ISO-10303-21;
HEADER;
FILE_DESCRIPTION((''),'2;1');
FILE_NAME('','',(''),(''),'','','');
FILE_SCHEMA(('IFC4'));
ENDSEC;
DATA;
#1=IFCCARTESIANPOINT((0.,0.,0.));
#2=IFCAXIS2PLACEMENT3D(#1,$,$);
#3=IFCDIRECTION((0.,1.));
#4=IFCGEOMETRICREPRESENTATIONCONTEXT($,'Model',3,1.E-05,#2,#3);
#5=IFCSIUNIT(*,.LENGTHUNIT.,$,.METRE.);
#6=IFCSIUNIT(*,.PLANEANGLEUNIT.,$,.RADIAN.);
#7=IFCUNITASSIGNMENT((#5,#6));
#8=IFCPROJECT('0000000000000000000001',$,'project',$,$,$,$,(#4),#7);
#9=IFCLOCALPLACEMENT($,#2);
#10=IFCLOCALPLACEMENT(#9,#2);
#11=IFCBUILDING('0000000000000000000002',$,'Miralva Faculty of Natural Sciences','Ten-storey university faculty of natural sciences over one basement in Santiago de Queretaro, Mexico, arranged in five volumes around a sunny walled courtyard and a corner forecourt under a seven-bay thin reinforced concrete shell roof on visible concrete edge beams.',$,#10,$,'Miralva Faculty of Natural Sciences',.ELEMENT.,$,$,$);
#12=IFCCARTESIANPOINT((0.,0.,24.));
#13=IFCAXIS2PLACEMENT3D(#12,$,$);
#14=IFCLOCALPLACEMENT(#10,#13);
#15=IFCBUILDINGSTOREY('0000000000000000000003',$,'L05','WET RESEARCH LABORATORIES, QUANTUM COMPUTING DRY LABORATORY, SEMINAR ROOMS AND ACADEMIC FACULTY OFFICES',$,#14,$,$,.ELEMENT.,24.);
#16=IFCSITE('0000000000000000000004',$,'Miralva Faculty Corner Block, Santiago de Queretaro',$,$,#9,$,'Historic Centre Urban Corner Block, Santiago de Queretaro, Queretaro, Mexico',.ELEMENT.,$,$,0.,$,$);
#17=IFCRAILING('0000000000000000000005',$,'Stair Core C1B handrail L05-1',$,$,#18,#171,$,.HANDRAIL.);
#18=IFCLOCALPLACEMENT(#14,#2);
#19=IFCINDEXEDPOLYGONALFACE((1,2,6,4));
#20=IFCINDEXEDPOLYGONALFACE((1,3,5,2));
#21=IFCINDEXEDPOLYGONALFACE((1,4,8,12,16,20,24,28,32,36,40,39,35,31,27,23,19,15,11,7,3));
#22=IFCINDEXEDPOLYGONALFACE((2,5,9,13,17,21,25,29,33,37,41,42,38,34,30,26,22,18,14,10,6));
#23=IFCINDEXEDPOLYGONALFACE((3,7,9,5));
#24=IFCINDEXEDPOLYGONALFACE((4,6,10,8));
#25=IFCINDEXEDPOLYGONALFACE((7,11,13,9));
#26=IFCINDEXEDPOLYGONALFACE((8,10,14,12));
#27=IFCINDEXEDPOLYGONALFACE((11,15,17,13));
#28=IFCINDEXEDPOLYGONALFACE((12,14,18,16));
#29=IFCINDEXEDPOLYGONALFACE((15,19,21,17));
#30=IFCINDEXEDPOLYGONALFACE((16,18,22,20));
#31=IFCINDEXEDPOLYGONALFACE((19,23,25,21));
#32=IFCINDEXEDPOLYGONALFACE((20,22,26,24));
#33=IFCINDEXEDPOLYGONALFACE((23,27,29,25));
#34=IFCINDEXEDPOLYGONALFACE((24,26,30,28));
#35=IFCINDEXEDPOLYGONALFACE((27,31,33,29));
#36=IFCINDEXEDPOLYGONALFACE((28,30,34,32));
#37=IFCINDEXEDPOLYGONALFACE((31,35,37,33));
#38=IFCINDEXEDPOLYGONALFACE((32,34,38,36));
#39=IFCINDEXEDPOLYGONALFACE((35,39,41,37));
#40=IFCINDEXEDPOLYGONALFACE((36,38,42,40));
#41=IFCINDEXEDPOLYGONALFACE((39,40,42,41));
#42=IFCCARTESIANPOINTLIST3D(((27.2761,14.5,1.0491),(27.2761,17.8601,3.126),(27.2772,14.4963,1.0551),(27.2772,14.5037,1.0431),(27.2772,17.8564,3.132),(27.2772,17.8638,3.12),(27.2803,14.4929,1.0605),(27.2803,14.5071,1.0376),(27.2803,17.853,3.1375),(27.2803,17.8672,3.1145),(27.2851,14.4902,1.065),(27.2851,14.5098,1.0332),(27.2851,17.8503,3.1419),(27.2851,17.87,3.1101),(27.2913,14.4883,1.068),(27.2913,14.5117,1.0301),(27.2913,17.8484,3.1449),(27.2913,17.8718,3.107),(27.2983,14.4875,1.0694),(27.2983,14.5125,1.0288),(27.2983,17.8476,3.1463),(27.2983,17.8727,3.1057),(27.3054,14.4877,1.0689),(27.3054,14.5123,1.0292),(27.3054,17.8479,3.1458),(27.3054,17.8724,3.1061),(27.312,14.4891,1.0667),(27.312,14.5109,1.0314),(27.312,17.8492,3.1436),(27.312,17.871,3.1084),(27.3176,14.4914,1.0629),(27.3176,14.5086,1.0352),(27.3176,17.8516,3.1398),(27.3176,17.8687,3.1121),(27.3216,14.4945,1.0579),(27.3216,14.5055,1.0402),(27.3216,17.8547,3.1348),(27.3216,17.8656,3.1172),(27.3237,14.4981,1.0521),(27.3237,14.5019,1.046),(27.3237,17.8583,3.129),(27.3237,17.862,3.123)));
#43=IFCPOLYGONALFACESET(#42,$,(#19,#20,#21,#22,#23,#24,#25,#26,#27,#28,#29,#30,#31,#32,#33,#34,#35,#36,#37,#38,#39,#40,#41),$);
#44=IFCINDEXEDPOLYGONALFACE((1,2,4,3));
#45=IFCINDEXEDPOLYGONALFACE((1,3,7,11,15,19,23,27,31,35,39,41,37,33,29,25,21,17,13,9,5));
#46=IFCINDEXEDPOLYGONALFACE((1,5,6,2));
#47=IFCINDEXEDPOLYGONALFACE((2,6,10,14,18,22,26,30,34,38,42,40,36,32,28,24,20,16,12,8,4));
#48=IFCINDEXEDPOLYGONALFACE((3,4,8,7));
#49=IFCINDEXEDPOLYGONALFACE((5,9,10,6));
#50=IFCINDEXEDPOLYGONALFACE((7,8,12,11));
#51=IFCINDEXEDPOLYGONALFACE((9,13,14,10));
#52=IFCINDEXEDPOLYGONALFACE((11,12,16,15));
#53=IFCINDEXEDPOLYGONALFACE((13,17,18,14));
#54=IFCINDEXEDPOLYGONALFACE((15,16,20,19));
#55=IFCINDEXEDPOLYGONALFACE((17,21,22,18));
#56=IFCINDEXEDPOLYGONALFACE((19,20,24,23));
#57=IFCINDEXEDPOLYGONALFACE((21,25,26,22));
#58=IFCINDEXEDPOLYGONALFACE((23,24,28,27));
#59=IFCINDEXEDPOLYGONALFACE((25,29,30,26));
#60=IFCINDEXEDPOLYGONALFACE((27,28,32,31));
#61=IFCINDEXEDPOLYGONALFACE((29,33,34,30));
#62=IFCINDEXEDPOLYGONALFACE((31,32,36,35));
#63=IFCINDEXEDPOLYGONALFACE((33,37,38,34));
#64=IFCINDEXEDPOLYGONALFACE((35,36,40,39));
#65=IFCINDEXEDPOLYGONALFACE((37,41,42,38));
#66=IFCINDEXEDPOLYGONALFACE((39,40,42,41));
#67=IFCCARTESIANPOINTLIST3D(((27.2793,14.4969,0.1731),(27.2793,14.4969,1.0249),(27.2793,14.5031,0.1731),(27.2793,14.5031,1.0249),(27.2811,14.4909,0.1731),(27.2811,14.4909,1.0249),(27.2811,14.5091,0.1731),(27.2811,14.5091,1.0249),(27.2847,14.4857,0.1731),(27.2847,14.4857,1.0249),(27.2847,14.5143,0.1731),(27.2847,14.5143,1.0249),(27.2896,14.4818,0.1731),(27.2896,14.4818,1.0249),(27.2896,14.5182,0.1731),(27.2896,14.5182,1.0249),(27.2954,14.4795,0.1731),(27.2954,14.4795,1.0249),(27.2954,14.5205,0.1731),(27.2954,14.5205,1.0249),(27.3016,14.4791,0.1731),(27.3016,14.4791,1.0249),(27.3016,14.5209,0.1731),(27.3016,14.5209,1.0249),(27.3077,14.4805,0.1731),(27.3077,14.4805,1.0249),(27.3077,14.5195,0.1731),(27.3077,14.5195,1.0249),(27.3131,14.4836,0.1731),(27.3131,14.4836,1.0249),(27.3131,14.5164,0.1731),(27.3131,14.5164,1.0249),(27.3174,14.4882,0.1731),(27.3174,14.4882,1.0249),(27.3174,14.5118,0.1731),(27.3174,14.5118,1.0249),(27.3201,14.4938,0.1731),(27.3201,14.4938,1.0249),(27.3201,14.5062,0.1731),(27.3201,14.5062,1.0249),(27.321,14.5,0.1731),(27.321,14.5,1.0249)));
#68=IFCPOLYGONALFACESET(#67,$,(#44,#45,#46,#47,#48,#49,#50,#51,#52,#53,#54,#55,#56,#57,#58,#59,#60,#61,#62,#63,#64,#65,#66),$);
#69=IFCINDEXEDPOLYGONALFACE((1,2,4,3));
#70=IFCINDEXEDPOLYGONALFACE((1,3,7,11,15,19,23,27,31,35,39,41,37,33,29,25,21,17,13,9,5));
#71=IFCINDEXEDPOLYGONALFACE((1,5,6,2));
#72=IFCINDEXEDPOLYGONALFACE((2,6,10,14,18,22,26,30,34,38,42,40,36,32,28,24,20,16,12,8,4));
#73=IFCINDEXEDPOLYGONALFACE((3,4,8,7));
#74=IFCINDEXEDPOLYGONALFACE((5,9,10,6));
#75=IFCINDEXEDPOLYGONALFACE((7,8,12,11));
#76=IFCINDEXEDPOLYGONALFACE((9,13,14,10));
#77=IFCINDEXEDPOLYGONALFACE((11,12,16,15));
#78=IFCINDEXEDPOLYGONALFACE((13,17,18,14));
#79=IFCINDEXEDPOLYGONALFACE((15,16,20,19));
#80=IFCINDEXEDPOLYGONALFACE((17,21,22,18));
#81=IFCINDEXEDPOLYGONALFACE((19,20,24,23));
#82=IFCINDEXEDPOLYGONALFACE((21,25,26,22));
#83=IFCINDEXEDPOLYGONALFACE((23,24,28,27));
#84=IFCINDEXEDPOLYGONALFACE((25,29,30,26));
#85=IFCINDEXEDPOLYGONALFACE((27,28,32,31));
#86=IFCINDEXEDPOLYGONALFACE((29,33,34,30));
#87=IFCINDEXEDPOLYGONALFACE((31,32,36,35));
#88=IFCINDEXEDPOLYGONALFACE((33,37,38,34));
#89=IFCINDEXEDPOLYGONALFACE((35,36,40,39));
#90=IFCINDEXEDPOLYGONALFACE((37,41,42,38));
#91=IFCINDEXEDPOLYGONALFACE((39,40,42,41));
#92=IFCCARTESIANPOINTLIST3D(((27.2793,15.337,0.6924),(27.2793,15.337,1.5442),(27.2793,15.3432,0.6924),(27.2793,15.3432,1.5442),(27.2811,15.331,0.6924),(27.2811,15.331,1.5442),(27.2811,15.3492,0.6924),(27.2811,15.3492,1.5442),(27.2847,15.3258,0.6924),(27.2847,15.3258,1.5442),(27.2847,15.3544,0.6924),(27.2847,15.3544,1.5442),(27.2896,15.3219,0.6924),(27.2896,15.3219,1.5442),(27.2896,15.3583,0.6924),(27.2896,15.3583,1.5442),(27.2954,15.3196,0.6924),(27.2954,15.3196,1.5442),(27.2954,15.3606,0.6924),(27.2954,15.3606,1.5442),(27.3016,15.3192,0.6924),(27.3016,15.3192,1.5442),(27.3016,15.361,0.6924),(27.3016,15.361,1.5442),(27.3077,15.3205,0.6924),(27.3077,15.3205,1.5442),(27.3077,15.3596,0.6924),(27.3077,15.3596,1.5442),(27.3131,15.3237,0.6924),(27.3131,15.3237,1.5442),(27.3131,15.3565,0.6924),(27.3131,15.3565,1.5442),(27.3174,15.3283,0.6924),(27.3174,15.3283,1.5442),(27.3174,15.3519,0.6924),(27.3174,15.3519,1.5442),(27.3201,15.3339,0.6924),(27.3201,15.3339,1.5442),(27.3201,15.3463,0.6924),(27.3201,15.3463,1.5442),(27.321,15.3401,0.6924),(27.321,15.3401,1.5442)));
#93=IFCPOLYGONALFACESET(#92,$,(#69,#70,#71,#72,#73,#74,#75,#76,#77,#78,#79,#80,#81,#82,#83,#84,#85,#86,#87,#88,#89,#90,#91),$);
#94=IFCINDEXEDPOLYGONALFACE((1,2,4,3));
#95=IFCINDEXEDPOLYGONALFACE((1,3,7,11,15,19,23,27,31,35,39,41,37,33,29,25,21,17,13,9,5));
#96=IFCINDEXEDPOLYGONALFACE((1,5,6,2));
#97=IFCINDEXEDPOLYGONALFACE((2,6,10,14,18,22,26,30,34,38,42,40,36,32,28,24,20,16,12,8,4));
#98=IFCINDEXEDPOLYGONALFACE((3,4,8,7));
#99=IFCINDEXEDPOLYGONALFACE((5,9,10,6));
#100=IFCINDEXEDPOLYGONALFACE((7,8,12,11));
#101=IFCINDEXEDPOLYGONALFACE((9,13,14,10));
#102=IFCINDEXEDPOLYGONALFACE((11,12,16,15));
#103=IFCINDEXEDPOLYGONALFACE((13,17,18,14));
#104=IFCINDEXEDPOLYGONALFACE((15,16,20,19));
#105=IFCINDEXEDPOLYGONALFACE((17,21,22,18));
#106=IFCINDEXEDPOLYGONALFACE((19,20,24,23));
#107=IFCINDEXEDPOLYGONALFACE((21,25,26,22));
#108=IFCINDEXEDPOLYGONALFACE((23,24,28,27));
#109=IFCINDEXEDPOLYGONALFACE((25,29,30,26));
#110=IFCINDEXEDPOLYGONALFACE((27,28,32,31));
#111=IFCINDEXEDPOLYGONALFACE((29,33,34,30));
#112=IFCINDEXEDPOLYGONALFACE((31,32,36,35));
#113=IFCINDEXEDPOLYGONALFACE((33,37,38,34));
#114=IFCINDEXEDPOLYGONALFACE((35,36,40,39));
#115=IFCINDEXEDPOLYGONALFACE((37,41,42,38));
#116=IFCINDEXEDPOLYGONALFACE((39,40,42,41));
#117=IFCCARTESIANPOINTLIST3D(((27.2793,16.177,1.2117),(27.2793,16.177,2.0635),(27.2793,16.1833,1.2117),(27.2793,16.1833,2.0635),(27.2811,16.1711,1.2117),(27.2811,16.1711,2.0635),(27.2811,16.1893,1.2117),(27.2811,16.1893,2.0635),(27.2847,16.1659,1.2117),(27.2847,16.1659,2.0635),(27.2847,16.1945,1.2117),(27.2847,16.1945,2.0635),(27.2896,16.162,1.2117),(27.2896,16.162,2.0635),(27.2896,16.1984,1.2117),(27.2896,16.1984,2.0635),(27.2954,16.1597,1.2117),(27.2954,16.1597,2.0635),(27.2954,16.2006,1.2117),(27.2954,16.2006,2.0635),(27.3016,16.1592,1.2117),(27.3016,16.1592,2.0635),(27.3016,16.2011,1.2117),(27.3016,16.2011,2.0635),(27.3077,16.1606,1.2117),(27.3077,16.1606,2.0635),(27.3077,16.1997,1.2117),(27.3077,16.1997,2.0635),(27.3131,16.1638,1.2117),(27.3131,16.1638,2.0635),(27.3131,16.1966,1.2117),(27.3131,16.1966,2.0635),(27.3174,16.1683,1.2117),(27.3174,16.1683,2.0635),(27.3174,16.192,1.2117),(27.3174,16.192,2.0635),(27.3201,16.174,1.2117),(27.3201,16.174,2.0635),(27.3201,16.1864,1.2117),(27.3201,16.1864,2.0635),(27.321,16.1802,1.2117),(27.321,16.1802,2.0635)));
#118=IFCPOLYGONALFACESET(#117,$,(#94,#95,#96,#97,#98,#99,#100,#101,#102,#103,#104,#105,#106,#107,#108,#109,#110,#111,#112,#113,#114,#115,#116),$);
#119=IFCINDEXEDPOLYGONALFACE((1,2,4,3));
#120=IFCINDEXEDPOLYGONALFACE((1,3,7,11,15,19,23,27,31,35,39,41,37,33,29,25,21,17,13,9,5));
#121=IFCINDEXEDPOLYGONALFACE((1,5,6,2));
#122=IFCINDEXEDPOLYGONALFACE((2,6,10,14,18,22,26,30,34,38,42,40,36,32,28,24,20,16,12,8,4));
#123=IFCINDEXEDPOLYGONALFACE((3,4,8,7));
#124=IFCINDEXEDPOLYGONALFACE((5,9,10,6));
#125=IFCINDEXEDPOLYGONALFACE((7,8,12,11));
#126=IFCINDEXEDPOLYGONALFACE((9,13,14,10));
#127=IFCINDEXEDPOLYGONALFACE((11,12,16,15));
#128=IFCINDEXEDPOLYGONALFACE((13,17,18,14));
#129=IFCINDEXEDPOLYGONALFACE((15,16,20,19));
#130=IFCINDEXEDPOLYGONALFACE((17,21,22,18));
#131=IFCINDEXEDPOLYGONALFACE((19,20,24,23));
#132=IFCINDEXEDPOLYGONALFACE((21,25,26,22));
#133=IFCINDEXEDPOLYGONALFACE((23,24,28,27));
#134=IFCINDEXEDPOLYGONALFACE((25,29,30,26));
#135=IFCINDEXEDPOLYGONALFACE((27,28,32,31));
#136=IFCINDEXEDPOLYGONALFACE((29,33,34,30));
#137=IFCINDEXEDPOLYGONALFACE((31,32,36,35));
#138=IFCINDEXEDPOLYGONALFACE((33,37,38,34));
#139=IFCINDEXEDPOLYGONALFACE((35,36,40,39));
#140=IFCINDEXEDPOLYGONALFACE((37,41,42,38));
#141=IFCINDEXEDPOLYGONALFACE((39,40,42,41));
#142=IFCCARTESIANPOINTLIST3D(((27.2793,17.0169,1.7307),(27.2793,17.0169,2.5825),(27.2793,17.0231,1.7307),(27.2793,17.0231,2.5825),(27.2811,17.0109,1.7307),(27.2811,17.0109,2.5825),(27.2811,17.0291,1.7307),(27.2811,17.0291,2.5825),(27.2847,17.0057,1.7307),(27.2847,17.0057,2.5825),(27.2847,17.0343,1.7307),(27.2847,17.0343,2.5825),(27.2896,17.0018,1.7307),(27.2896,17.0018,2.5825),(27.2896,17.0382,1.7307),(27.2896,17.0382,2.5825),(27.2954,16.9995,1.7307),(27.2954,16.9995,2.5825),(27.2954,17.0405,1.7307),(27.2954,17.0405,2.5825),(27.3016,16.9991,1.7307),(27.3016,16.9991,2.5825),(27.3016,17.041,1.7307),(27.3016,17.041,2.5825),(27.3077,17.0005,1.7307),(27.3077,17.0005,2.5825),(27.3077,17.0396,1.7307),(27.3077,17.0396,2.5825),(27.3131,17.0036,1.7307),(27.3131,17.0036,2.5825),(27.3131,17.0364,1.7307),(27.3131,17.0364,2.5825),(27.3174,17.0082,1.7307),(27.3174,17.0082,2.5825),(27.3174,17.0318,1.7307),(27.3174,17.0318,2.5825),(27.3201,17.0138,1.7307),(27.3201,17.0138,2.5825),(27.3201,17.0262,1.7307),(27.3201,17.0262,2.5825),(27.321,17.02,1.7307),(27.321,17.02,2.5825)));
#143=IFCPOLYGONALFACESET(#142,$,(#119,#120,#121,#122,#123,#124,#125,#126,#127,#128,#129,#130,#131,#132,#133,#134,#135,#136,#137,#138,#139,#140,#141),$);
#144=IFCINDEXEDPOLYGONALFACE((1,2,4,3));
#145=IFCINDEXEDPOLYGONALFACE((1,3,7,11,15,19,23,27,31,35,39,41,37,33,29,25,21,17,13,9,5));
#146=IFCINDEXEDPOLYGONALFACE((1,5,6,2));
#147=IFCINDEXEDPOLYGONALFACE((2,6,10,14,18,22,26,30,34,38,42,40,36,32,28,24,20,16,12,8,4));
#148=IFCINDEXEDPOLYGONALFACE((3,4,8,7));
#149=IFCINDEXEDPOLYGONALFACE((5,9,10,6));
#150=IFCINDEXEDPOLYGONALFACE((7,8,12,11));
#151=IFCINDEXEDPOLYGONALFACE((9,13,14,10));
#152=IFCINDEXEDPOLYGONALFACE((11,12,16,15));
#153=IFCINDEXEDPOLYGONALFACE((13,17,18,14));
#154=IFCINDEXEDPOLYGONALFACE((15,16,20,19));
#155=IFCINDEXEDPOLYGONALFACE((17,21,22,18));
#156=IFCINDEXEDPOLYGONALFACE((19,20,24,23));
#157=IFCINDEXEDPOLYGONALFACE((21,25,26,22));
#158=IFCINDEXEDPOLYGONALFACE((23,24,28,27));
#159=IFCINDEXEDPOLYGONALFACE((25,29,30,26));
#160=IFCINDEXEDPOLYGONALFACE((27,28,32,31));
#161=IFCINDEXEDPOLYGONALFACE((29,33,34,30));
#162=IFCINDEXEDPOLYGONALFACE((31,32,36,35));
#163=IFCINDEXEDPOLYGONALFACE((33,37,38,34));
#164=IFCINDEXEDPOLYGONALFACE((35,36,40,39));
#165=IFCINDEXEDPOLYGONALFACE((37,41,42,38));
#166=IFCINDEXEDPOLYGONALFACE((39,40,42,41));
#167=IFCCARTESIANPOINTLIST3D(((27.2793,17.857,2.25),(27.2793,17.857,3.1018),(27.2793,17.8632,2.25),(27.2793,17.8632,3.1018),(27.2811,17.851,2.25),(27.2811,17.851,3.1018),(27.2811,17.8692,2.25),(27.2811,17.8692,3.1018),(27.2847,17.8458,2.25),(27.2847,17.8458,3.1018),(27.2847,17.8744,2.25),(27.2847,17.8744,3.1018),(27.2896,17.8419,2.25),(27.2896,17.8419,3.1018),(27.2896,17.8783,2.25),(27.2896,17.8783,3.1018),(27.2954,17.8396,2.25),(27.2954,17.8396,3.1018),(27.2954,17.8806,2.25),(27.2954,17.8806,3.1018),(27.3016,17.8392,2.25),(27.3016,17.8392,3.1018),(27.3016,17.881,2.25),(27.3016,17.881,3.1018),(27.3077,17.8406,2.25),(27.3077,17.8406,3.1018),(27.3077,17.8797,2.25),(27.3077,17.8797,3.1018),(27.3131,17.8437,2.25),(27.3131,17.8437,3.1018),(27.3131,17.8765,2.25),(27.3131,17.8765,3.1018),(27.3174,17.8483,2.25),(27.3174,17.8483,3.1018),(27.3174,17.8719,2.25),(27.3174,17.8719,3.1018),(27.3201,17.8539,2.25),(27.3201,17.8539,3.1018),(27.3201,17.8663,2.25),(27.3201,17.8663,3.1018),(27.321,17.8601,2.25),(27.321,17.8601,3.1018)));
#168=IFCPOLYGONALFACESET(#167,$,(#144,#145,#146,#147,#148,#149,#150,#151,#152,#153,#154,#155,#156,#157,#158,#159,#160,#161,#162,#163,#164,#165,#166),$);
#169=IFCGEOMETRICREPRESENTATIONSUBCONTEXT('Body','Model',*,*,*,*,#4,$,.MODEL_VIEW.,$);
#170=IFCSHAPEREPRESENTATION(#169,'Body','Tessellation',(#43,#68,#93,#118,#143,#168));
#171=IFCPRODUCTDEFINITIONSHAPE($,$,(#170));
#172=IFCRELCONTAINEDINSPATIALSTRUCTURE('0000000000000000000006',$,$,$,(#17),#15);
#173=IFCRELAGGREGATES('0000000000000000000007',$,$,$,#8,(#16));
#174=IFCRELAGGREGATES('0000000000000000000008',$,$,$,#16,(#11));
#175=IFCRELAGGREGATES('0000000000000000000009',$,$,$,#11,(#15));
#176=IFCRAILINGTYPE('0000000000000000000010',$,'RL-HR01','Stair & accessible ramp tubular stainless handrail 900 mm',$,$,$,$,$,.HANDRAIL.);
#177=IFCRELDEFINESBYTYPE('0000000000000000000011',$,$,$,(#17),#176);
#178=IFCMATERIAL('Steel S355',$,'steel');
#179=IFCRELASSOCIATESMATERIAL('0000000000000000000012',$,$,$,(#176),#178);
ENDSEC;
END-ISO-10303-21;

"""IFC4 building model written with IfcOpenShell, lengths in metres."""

from ifc_helpers import new_model, si_unit, direction, frame, origin, origin_2d, place, context, subcontext, project, spatial, circle, extrude, material, type_object, element, save


model = new_model("IFC4")

# Units and contexts
model_context = context("Model", 3, precision=1e-05, world=origin(), true_north=direction((0.0, 1.0)))
body_context = subcontext(model_context, "Body", "Model", "MODEL_VIEW")
ifc_project = project(units=[si_unit("LENGTHUNIT", "METRE"), si_unit("PLANEANGLEUNIT", "RADIAN")], contexts=[model_context])

# Site, building, storey
site_placement = place(None, origin())
site = spatial("IfcSite", under=ifc_project, at=site_placement, Name="Miralva Faculty Corner Block, Santiago de Queretaro", LongName="Historic Centre Urban Corner Block, Santiago de Queretaro, Queretaro, Mexico", CompositionType="ELEMENT", RefElevation=0.0)
building_placement = place(site_placement, origin())
building = spatial("IfcBuilding", under=site, at=building_placement, Name="Miralva Faculty of Natural Sciences", Description="Ten-storey university faculty of natural sciences over one basement in Santiago de Queretaro, Mexico, arranged in five volumes around a sunny walled courtyard and a corner forecourt under a seven-bay thin reinforced concrete shell roof on visible concrete edge beams.", LongName="Miralva Faculty of Natural Sciences", CompositionType="ELEMENT")
storey_placement = place(building_placement, frame((0.0, 0.0, 24.0)))
storey = spatial("IfcBuildingStorey", under=building, at=storey_placement, Name="L05", Description="WET RESEARCH LABORATORIES, QUANTUM COMPUTING DRY LABORATORY, SEMINAR ROOMS AND ACADEMIC FACULTY OFFICES", CompositionType="ELEMENT", Elevation=24.0)

# Railing
ifc_material_1 = material(Name="Steel S355", Category="steel")
railing_type_1 = type_object("IfcRailingType", Name="RL-HR01", Description="Stair & accessible ramp tubular stainless handrail 900 mm", PredefinedType="HANDRAIL", material=ifc_material_1)
for number, where, name in (
    (1, (27.3, 14.5, 0.1731), "Stair Core C1B handrail L05-1"),
):
    element("IfcRailing", number, at=place(storey_placement, frame(where)), inside=storey, type_object=railing_type_1, Name=name, PredefinedType="HANDRAIL", context=body_context, shape_type="SweptSolid", body=[
        extrude(circle(Radius=0.0239, at=origin_2d()), frame((0.0, 0.0, 0.876), z_axis=(0.0, 0.850623, 0.525776), x_axis=(-1.0, 0.0, 0.0)), (0.0, 0.0, 1.0), 3.9502),
        extrude(circle(Radius=0.021, at=origin_2d()), origin(), (0.0, 0.0, 1.0), 0.8518),
        extrude(circle(Radius=0.021, at=origin_2d()), frame((0.0, 0.8401, 0.5193)), (0.0, 0.0, 1.0), 0.8518),
        extrude(circle(Radius=0.021, at=origin_2d()), frame((0.0, 1.6802, 1.0386)), (0.0, 0.0, 1.0), 0.8518),
        extrude(circle(Radius=0.021, at=origin_2d()), frame((0.0, 2.52, 1.5576)), (0.0, 0.0, 1.0), 0.8518),
        extrude(circle(Radius=0.021, at=origin_2d()), frame((0.0, 3.3601, 2.0769)), (0.0, 0.0, 1.0), 0.8518),
    ])

save(model, "model.ifc")
